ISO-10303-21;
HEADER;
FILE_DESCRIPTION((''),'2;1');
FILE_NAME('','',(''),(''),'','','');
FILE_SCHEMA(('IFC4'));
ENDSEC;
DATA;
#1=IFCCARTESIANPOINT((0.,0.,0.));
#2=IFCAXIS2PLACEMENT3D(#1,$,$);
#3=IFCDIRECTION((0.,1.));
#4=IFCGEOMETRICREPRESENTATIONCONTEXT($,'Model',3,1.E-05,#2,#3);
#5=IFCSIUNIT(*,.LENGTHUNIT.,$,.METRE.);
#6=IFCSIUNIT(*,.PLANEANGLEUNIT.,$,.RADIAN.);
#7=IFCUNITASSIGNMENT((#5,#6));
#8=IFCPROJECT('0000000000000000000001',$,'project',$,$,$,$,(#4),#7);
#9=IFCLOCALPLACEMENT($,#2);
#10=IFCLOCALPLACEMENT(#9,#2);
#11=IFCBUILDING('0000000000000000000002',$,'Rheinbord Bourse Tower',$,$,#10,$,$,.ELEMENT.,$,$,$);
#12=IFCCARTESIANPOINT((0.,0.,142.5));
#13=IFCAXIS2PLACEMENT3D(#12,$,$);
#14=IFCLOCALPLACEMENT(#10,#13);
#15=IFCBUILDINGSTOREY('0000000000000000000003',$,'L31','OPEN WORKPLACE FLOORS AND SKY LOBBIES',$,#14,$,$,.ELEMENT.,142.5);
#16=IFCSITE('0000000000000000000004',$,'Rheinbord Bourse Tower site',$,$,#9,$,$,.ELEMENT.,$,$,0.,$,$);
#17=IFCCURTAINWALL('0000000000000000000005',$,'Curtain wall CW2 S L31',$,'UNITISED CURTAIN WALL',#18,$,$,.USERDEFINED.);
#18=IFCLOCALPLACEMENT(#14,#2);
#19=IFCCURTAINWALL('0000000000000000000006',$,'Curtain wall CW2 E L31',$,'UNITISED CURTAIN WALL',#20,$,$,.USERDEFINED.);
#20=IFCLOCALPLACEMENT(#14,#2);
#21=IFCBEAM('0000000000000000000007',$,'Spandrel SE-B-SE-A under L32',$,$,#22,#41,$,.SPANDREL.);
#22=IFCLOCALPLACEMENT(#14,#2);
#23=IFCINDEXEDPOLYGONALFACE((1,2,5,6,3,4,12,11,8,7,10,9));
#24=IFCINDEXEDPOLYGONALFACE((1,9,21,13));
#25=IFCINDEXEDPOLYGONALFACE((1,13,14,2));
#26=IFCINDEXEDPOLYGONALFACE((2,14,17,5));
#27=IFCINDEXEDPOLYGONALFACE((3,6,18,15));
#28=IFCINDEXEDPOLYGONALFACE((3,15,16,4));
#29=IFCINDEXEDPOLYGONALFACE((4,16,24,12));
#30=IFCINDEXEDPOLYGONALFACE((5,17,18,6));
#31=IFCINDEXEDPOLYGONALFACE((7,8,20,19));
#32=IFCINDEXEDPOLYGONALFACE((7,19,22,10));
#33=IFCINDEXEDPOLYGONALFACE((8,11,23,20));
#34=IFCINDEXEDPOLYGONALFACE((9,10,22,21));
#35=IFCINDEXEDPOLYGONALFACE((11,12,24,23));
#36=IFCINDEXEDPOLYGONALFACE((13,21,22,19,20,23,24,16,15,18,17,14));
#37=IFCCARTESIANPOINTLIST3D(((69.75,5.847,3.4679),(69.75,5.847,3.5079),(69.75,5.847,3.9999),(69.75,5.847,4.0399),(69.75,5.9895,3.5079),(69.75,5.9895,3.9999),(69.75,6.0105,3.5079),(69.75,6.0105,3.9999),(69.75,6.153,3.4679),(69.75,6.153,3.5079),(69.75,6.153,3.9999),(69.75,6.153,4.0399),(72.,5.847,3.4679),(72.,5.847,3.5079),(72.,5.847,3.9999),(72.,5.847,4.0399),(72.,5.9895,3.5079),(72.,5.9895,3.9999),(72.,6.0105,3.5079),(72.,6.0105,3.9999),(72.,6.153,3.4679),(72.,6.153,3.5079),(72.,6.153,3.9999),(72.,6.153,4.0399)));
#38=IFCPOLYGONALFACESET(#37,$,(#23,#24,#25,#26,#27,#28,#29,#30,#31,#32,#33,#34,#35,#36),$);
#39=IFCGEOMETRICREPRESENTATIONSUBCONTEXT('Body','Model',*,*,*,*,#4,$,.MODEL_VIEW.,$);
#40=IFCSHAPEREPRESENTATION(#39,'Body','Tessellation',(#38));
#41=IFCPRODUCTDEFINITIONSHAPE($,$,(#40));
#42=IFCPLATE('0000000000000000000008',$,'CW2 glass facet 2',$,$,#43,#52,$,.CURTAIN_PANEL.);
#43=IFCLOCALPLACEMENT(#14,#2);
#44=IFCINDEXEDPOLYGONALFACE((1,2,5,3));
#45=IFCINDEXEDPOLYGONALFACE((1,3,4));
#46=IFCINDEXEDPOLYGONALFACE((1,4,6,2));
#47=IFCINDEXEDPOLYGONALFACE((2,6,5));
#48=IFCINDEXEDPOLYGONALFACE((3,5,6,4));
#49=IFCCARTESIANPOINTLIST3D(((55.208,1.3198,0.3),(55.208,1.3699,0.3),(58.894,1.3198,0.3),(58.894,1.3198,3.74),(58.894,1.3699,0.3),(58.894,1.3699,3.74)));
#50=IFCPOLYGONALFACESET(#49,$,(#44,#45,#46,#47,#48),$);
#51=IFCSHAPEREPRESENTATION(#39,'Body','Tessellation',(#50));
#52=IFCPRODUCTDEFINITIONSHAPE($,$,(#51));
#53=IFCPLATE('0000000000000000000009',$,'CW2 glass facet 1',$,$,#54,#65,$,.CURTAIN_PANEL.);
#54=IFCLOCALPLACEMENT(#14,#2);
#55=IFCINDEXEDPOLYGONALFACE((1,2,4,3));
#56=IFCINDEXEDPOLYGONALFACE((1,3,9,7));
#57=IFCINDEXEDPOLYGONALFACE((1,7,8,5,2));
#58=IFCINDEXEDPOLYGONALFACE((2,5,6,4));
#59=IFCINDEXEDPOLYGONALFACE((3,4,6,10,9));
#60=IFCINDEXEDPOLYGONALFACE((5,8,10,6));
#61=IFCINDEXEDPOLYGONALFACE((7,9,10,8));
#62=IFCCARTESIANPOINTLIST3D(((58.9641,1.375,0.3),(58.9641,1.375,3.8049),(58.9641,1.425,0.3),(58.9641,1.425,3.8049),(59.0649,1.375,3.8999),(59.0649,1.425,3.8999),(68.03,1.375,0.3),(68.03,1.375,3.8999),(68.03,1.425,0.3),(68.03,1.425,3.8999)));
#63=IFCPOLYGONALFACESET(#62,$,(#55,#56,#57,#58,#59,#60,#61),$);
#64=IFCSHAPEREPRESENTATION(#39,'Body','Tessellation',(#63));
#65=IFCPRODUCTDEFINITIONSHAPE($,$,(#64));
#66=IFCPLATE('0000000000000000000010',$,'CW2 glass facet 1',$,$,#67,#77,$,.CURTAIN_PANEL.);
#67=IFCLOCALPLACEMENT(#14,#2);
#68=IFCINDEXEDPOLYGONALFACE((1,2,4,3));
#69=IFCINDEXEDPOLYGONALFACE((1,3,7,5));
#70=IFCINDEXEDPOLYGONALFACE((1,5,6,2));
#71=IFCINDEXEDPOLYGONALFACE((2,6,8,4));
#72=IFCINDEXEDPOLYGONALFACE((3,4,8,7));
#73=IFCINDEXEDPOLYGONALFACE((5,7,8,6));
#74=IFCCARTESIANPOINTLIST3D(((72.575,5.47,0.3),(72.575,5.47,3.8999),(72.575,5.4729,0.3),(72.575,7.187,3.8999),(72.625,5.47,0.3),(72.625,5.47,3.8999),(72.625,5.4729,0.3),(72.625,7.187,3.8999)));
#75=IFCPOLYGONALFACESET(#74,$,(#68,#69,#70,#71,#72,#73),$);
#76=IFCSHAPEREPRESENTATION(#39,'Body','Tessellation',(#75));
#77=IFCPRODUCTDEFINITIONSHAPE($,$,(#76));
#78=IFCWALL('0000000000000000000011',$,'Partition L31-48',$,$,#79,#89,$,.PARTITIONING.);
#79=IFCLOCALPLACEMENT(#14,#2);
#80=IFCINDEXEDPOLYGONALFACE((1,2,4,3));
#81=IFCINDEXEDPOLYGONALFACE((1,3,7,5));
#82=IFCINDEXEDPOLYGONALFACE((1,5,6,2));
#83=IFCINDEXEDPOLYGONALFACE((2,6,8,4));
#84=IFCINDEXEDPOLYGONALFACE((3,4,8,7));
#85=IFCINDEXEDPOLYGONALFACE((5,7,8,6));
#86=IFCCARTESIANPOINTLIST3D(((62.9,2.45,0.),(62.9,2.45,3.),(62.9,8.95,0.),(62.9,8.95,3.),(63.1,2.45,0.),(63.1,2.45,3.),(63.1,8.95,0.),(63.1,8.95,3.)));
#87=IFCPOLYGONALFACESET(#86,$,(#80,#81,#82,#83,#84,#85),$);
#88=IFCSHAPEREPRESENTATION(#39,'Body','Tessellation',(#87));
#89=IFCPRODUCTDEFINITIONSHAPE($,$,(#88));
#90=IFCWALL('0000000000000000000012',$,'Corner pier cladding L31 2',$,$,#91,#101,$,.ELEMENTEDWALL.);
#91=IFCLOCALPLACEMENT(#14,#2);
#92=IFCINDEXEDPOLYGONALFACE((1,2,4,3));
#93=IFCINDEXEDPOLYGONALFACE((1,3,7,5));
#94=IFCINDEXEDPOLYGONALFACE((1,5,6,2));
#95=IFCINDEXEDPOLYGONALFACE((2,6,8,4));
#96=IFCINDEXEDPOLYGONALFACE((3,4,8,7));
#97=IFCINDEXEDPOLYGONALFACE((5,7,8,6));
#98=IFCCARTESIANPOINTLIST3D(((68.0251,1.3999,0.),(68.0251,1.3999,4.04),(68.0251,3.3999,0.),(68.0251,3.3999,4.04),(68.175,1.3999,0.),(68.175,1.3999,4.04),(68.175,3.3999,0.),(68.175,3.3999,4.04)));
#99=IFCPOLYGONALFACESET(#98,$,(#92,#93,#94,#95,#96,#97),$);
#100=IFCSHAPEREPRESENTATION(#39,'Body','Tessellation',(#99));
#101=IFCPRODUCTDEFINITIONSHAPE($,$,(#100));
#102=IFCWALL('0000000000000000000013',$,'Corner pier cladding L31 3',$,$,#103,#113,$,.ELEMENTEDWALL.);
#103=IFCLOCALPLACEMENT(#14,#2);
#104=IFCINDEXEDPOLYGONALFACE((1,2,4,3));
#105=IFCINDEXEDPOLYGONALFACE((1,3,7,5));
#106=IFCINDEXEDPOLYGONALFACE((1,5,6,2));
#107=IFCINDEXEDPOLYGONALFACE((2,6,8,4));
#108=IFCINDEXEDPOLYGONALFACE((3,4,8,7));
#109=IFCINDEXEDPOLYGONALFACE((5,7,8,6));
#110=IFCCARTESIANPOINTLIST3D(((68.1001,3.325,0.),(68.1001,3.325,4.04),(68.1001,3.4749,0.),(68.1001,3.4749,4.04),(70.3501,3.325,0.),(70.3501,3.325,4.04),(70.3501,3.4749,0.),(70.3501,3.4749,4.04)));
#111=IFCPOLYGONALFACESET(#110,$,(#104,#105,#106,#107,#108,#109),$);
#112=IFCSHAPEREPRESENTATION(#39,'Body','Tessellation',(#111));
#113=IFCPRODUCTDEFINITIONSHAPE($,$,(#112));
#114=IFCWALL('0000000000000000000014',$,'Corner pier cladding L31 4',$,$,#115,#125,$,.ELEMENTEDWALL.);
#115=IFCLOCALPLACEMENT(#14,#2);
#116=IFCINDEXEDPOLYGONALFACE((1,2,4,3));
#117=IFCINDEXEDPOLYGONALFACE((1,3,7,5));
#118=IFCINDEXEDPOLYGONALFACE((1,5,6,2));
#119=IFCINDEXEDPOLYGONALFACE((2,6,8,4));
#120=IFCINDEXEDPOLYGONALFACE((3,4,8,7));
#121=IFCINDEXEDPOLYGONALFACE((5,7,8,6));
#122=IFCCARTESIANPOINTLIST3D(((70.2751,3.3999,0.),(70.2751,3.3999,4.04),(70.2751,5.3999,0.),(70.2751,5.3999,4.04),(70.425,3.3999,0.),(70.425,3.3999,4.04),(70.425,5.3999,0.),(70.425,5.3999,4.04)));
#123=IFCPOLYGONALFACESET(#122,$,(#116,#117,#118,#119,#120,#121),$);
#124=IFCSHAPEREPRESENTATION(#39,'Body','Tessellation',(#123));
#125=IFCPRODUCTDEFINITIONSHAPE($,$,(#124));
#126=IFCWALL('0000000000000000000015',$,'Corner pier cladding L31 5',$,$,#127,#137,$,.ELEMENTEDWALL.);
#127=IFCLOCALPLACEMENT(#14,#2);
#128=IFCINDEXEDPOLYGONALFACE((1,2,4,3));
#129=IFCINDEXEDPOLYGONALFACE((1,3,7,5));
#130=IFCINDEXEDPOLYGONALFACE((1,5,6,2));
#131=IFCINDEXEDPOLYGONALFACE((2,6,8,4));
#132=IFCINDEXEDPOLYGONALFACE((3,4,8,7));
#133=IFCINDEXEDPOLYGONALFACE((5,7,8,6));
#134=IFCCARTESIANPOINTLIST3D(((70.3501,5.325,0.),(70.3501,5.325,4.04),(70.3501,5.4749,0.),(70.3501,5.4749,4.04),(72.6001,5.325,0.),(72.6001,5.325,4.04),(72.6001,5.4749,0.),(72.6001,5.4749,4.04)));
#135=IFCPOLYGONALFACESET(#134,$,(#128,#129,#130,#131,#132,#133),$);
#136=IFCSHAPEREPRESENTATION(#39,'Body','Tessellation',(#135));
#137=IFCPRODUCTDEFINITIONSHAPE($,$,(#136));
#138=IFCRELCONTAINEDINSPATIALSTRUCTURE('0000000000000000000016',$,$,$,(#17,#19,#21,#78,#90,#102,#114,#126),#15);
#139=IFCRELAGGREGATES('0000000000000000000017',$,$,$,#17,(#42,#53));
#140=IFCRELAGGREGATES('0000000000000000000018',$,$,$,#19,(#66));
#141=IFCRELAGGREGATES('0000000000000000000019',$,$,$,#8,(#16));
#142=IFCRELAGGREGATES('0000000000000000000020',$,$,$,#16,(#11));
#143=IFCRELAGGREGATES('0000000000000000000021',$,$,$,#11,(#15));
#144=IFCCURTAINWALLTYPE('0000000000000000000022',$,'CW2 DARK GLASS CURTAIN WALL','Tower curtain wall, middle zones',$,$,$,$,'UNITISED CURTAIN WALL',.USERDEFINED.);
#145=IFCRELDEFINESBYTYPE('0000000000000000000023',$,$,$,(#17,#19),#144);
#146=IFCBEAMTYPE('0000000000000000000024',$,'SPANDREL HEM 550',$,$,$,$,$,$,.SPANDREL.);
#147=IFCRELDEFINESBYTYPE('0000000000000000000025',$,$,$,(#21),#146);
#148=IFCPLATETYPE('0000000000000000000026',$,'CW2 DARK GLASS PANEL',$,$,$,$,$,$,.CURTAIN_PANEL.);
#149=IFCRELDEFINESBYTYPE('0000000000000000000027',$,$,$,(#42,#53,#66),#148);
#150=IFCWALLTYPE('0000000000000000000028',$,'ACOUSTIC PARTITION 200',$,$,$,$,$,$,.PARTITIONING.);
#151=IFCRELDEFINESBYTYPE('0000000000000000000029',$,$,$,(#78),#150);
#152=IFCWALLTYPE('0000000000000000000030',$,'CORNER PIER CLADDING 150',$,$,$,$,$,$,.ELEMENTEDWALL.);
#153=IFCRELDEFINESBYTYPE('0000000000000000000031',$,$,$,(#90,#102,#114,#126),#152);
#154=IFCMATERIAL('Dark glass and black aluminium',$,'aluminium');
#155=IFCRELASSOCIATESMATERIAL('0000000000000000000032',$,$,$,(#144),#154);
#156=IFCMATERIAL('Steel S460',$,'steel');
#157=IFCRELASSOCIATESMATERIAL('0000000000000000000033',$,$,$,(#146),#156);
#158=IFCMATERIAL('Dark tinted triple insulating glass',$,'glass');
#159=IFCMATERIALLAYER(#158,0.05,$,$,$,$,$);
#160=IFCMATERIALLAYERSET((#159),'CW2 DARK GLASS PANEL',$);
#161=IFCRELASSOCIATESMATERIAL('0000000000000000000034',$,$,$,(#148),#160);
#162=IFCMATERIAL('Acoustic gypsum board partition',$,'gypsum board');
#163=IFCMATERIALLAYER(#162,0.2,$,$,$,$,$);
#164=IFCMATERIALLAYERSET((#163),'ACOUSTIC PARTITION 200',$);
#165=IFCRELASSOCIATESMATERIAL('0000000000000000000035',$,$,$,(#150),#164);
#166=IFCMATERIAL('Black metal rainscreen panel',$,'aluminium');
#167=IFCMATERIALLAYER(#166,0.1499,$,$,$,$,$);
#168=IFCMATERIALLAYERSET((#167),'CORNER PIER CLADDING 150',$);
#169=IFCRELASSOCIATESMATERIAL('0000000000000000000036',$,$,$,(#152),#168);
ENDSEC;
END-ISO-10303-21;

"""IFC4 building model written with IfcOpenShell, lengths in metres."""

from ifc_helpers import new_model, si_unit, direction, frame, frame_2d, origin, origin_2d, place, context, subcontext, project, spatial, polyline, rectangle, i_section, outline, extrude, material, layer, layer_set, material_profile, profile_set, type_object, element, aggregate, save


model = new_model("IFC4")

# Units and contexts
model_context = context("Model", 3, precision=1e-05, world=origin(), true_north=direction((0.0, 1.0)))
body_context = subcontext(model_context, "Body", "Model", "MODEL_VIEW")
ifc_project = project(units=[si_unit("LENGTHUNIT", "METRE"), si_unit("PLANEANGLEUNIT", "RADIAN")], contexts=[model_context])

# Site, building, storey
site_placement = place(None, origin())
site = spatial("IfcSite", under=ifc_project, at=site_placement, Name="Rheinbord Bourse Tower site", CompositionType="ELEMENT", RefElevation=0.0)
building_placement = place(site_placement, origin())
building = spatial("IfcBuilding", under=site, at=building_placement, Name="Rheinbord Bourse Tower", CompositionType="ELEMENT")
storey_placement = place(building_placement, frame((0.0, 0.0, 142.5)))
storey = spatial("IfcBuildingStorey", under=building, at=storey_placement, Name="L31", Description="OPEN WORKPLACE FLOORS AND SKY LOBBIES", CompositionType="ELEMENT", Elevation=142.5)

# Curtain wall
ifc_material_1 = material(Name="Dark glass and black aluminium", Category="aluminium")
curtain_wall_type = type_object("IfcCurtainWallType", Name="CW2 DARK GLASS CURTAIN WALL", Description="Tower curtain wall, middle zones", ElementType="UNITISED CURTAIN WALL", PredefinedType="USERDEFINED", material=ifc_material_1)
curtain_wall_1_placement = place(storey_placement, origin())
curtain_wall_1 = element("IfcCurtainWall", 1, at=curtain_wall_1_placement, inside=storey, type_object=curtain_wall_type, Name="Curtain wall CW2 S L31", ObjectType="UNITISED CURTAIN WALL", PredefinedType="USERDEFINED")

# Curtain wall
curtain_wall_2_placement = place(storey_placement, origin())
curtain_wall_2 = element("IfcCurtainWall", 2, at=curtain_wall_2_placement, inside=storey, type_object=curtain_wall_type, Name="Curtain wall CW2 E L31", ObjectType="UNITISED CURTAIN WALL", PredefinedType="USERDEFINED")

# Beam
ifc_material_2 = material(Name="Steel S460", Category="steel")
ifc_material_profile_1 = material_profile(ifc_material_2, i_section(OverallWidth=0.3059, OverallDepth=0.572, WebThickness=0.021, FlangeThickness=0.04, at=origin_2d()), Name="HEM 550")
ifc_profile_set_1 = profile_set([ifc_material_profile_1], Name="Steel S460")
beam_type_1 = type_object("IfcBeamType", Name="SPANDREL HEM 550", PredefinedType="SPANDREL", material=ifc_profile_set_1)
beam_1_placement = place(storey_placement, frame((69.75, 6.0, 3.7539), z_axis=(1.0, 0.0, 0.0), x_axis=(0.0, 1.0, 0.0)))
element("IfcBeam", 3, at=beam_1_placement, inside=storey, type_object=beam_type_1, Name="Spandrel SE-B-SE-A under L32", PredefinedType="SPANDREL", context=body_context, shape_type="SweptSolid", body=[
    extrude(i_section(OverallWidth=0.3059, OverallDepth=0.572, WebThickness=0.021, FlangeThickness=0.04, at=origin_2d()), origin(), (0.0, 0.0, 1.0), 2.25),
])

# Plates
ifc_material_3 = material(Name="Dark tinted triple insulating glass", Category="glass")
ifc_layer_1 = layer(ifc_material_3, 0.05)
ifc_layer_set_1 = layer_set([ifc_layer_1], Name="CW2 DARK GLASS PANEL")
plate_type = type_object("IfcPlateType", Name="CW2 DARK GLASS PANEL", PredefinedType="CURTAIN_PANEL", material=ifc_layer_set_1)
plate_1_placement = place(storey_placement, frame((58.894, 1.3198, 0.3), z_axis=(0.0, 1.0, 0.0), x_axis=(-1.0, 0.0, 0.0)))
plate_1 = element("IfcPlate", 4, at=plate_1_placement, type_object=plate_type, Name="CW2 glass facet 2", PredefinedType="CURTAIN_PANEL", context=body_context, shape_type="SweptSolid", body=[
    extrude(outline(polyline([(0.0, 0.0), (3.686, 0.0), (0.0, 3.4399), (0.0, 0.0)])), origin(), (0.0, 0.0, 1.0), 0.05),
])
plate_2_placement = place(storey_placement, frame((68.03, 1.375, 3.8999), z_axis=(0.0, 1.0, 0.0), x_axis=(0.0, 0.0, -1.0)))
plate_2 = element("IfcPlate", 5, at=plate_2_placement, type_object=plate_type, Name="CW2 glass facet 1", PredefinedType="CURTAIN_PANEL", context=body_context, shape_type="SweptSolid", body=[
    extrude(outline(polyline([(0.0, 0.0), (3.5999, 0.0), (3.5999, 9.0659), (0.095, 9.0659), (0.0, 8.9651), (0.0, 0.0)])), origin(), (0.0, 0.0, 1.0), 0.05),
])
aggregate(curtain_wall_1, [plate_1, plate_2])
plate_3_placement = place(storey_placement, frame((72.625, 5.47, 0.3), z_axis=(-1.0, 0.0, 0.0), x_axis=(0.0, 0.0, 1.0)))
plate_3 = element("IfcPlate", 6, at=plate_3_placement, type_object=plate_type, Name="CW2 glass facet 1", PredefinedType="CURTAIN_PANEL", context=body_context, shape_type="SweptSolid", body=[
    extrude(outline(polyline([(0.0, 0.0), (3.5999, 0.0), (3.5999, 1.717), (0.0, 0.0029), (0.0, 0.0)])), origin(), (0.0, 0.0, 1.0), 0.05),
])
aggregate(curtain_wall_2, [plate_3])

# Walls
ifc_material_4 = material(Name="Acoustic gypsum board partition", Category="gypsum board")
ifc_layer_2 = layer(ifc_material_4, 0.2)
ifc_layer_set_2 = layer_set([ifc_layer_2], Name="ACOUSTIC PARTITION 200")
wall_type_1 = type_object("IfcWallType", Name="ACOUSTIC PARTITION 200", PredefinedType="PARTITIONING", material=ifc_layer_set_2)
wall_1_placement = place(storey_placement, frame((63.0, 2.45, 0.0), z_axis=(0.0, 0.0, 1.0), x_axis=(0.0, 1.0, 0.0)))
element("IfcWall", 7, at=wall_1_placement, inside=storey, type_object=wall_type_1, Name="Partition L31-48", PredefinedType="PARTITIONING", context=body_context, shape_type="SweptSolid", body=[
    extrude(rectangle(XDim=6.5, YDim=0.2, at=frame_2d((3.25, 0.0))), origin(), (0.0, 0.0, 1.0), 3.0),
])
ifc_material_5 = material(Name="Black metal rainscreen panel", Category="aluminium")
ifc_layer_3 = layer(ifc_material_5, 0.1499)
ifc_layer_set_3 = layer_set([ifc_layer_3], Name="CORNER PIER CLADDING 150")
wall_type_2 = type_object("IfcWallType", Name="CORNER PIER CLADDING 150", PredefinedType="ELEMENTEDWALL", material=ifc_layer_set_3)
wall_2_placement = place(storey_placement, frame((68.1001, 1.3999, 0.0), z_axis=(0.0, 0.0, 1.0), x_axis=(0.0, 1.0, 0.0)))
element("IfcWall", 8, at=wall_2_placement, inside=storey, type_object=wall_type_2, Name="Corner pier cladding L31 2", PredefinedType="ELEMENTEDWALL", context=body_context, shape_type="SweptSolid", body=[
    extrude(rectangle(XDim=2.0, YDim=0.1499, at=frame_2d((1.0, 0.0))), origin(), (0.0, 0.0, 1.0), 4.04),
])
wall_3_placement = place(storey_placement, frame((68.1001, 3.3999, 0.0), z_axis=(0.0, 0.0, 1.0), x_axis=(1.0, 0.0, 0.0)))
element("IfcWall", 9, at=wall_3_placement, inside=storey, type_object=wall_type_2, Name="Corner pier cladding L31 3", PredefinedType="ELEMENTEDWALL", context=body_context, shape_type="SweptSolid", body=[
    extrude(rectangle(XDim=2.25, YDim=0.1499, at=frame_2d((1.125, 0.0))), origin(), (0.0, 0.0, 1.0), 4.04),
])
wall_4_placement = place(storey_placement, frame((70.3501, 3.3999, 0.0), z_axis=(0.0, 0.0, 1.0), x_axis=(0.0, 1.0, 0.0)))
element("IfcWall", 10, at=wall_4_placement, inside=storey, type_object=wall_type_2, Name="Corner pier cladding L31 4", PredefinedType="ELEMENTEDWALL", context=body_context, shape_type="SweptSolid", body=[
    extrude(rectangle(XDim=2.0, YDim=0.1499, at=frame_2d((1.0, 0.0))), origin(), (0.0, 0.0, 1.0), 4.04),
])
wall_5_placement = place(storey_placement, frame((70.3501, 5.3999, 0.0), z_axis=(0.0, 0.0, 1.0), x_axis=(1.0, 0.0, 0.0)))
element("IfcWall", 11, at=wall_5_placement, inside=storey, type_object=wall_type_2, Name="Corner pier cladding L31 5", PredefinedType="ELEMENTEDWALL", context=body_context, shape_type="SweptSolid", body=[
    extrude(rectangle(XDim=2.25, YDim=0.1499, at=frame_2d((1.125, 0.0))), origin(), (0.0, 0.0, 1.0), 4.04),
])

save(model, "model.ifc")
